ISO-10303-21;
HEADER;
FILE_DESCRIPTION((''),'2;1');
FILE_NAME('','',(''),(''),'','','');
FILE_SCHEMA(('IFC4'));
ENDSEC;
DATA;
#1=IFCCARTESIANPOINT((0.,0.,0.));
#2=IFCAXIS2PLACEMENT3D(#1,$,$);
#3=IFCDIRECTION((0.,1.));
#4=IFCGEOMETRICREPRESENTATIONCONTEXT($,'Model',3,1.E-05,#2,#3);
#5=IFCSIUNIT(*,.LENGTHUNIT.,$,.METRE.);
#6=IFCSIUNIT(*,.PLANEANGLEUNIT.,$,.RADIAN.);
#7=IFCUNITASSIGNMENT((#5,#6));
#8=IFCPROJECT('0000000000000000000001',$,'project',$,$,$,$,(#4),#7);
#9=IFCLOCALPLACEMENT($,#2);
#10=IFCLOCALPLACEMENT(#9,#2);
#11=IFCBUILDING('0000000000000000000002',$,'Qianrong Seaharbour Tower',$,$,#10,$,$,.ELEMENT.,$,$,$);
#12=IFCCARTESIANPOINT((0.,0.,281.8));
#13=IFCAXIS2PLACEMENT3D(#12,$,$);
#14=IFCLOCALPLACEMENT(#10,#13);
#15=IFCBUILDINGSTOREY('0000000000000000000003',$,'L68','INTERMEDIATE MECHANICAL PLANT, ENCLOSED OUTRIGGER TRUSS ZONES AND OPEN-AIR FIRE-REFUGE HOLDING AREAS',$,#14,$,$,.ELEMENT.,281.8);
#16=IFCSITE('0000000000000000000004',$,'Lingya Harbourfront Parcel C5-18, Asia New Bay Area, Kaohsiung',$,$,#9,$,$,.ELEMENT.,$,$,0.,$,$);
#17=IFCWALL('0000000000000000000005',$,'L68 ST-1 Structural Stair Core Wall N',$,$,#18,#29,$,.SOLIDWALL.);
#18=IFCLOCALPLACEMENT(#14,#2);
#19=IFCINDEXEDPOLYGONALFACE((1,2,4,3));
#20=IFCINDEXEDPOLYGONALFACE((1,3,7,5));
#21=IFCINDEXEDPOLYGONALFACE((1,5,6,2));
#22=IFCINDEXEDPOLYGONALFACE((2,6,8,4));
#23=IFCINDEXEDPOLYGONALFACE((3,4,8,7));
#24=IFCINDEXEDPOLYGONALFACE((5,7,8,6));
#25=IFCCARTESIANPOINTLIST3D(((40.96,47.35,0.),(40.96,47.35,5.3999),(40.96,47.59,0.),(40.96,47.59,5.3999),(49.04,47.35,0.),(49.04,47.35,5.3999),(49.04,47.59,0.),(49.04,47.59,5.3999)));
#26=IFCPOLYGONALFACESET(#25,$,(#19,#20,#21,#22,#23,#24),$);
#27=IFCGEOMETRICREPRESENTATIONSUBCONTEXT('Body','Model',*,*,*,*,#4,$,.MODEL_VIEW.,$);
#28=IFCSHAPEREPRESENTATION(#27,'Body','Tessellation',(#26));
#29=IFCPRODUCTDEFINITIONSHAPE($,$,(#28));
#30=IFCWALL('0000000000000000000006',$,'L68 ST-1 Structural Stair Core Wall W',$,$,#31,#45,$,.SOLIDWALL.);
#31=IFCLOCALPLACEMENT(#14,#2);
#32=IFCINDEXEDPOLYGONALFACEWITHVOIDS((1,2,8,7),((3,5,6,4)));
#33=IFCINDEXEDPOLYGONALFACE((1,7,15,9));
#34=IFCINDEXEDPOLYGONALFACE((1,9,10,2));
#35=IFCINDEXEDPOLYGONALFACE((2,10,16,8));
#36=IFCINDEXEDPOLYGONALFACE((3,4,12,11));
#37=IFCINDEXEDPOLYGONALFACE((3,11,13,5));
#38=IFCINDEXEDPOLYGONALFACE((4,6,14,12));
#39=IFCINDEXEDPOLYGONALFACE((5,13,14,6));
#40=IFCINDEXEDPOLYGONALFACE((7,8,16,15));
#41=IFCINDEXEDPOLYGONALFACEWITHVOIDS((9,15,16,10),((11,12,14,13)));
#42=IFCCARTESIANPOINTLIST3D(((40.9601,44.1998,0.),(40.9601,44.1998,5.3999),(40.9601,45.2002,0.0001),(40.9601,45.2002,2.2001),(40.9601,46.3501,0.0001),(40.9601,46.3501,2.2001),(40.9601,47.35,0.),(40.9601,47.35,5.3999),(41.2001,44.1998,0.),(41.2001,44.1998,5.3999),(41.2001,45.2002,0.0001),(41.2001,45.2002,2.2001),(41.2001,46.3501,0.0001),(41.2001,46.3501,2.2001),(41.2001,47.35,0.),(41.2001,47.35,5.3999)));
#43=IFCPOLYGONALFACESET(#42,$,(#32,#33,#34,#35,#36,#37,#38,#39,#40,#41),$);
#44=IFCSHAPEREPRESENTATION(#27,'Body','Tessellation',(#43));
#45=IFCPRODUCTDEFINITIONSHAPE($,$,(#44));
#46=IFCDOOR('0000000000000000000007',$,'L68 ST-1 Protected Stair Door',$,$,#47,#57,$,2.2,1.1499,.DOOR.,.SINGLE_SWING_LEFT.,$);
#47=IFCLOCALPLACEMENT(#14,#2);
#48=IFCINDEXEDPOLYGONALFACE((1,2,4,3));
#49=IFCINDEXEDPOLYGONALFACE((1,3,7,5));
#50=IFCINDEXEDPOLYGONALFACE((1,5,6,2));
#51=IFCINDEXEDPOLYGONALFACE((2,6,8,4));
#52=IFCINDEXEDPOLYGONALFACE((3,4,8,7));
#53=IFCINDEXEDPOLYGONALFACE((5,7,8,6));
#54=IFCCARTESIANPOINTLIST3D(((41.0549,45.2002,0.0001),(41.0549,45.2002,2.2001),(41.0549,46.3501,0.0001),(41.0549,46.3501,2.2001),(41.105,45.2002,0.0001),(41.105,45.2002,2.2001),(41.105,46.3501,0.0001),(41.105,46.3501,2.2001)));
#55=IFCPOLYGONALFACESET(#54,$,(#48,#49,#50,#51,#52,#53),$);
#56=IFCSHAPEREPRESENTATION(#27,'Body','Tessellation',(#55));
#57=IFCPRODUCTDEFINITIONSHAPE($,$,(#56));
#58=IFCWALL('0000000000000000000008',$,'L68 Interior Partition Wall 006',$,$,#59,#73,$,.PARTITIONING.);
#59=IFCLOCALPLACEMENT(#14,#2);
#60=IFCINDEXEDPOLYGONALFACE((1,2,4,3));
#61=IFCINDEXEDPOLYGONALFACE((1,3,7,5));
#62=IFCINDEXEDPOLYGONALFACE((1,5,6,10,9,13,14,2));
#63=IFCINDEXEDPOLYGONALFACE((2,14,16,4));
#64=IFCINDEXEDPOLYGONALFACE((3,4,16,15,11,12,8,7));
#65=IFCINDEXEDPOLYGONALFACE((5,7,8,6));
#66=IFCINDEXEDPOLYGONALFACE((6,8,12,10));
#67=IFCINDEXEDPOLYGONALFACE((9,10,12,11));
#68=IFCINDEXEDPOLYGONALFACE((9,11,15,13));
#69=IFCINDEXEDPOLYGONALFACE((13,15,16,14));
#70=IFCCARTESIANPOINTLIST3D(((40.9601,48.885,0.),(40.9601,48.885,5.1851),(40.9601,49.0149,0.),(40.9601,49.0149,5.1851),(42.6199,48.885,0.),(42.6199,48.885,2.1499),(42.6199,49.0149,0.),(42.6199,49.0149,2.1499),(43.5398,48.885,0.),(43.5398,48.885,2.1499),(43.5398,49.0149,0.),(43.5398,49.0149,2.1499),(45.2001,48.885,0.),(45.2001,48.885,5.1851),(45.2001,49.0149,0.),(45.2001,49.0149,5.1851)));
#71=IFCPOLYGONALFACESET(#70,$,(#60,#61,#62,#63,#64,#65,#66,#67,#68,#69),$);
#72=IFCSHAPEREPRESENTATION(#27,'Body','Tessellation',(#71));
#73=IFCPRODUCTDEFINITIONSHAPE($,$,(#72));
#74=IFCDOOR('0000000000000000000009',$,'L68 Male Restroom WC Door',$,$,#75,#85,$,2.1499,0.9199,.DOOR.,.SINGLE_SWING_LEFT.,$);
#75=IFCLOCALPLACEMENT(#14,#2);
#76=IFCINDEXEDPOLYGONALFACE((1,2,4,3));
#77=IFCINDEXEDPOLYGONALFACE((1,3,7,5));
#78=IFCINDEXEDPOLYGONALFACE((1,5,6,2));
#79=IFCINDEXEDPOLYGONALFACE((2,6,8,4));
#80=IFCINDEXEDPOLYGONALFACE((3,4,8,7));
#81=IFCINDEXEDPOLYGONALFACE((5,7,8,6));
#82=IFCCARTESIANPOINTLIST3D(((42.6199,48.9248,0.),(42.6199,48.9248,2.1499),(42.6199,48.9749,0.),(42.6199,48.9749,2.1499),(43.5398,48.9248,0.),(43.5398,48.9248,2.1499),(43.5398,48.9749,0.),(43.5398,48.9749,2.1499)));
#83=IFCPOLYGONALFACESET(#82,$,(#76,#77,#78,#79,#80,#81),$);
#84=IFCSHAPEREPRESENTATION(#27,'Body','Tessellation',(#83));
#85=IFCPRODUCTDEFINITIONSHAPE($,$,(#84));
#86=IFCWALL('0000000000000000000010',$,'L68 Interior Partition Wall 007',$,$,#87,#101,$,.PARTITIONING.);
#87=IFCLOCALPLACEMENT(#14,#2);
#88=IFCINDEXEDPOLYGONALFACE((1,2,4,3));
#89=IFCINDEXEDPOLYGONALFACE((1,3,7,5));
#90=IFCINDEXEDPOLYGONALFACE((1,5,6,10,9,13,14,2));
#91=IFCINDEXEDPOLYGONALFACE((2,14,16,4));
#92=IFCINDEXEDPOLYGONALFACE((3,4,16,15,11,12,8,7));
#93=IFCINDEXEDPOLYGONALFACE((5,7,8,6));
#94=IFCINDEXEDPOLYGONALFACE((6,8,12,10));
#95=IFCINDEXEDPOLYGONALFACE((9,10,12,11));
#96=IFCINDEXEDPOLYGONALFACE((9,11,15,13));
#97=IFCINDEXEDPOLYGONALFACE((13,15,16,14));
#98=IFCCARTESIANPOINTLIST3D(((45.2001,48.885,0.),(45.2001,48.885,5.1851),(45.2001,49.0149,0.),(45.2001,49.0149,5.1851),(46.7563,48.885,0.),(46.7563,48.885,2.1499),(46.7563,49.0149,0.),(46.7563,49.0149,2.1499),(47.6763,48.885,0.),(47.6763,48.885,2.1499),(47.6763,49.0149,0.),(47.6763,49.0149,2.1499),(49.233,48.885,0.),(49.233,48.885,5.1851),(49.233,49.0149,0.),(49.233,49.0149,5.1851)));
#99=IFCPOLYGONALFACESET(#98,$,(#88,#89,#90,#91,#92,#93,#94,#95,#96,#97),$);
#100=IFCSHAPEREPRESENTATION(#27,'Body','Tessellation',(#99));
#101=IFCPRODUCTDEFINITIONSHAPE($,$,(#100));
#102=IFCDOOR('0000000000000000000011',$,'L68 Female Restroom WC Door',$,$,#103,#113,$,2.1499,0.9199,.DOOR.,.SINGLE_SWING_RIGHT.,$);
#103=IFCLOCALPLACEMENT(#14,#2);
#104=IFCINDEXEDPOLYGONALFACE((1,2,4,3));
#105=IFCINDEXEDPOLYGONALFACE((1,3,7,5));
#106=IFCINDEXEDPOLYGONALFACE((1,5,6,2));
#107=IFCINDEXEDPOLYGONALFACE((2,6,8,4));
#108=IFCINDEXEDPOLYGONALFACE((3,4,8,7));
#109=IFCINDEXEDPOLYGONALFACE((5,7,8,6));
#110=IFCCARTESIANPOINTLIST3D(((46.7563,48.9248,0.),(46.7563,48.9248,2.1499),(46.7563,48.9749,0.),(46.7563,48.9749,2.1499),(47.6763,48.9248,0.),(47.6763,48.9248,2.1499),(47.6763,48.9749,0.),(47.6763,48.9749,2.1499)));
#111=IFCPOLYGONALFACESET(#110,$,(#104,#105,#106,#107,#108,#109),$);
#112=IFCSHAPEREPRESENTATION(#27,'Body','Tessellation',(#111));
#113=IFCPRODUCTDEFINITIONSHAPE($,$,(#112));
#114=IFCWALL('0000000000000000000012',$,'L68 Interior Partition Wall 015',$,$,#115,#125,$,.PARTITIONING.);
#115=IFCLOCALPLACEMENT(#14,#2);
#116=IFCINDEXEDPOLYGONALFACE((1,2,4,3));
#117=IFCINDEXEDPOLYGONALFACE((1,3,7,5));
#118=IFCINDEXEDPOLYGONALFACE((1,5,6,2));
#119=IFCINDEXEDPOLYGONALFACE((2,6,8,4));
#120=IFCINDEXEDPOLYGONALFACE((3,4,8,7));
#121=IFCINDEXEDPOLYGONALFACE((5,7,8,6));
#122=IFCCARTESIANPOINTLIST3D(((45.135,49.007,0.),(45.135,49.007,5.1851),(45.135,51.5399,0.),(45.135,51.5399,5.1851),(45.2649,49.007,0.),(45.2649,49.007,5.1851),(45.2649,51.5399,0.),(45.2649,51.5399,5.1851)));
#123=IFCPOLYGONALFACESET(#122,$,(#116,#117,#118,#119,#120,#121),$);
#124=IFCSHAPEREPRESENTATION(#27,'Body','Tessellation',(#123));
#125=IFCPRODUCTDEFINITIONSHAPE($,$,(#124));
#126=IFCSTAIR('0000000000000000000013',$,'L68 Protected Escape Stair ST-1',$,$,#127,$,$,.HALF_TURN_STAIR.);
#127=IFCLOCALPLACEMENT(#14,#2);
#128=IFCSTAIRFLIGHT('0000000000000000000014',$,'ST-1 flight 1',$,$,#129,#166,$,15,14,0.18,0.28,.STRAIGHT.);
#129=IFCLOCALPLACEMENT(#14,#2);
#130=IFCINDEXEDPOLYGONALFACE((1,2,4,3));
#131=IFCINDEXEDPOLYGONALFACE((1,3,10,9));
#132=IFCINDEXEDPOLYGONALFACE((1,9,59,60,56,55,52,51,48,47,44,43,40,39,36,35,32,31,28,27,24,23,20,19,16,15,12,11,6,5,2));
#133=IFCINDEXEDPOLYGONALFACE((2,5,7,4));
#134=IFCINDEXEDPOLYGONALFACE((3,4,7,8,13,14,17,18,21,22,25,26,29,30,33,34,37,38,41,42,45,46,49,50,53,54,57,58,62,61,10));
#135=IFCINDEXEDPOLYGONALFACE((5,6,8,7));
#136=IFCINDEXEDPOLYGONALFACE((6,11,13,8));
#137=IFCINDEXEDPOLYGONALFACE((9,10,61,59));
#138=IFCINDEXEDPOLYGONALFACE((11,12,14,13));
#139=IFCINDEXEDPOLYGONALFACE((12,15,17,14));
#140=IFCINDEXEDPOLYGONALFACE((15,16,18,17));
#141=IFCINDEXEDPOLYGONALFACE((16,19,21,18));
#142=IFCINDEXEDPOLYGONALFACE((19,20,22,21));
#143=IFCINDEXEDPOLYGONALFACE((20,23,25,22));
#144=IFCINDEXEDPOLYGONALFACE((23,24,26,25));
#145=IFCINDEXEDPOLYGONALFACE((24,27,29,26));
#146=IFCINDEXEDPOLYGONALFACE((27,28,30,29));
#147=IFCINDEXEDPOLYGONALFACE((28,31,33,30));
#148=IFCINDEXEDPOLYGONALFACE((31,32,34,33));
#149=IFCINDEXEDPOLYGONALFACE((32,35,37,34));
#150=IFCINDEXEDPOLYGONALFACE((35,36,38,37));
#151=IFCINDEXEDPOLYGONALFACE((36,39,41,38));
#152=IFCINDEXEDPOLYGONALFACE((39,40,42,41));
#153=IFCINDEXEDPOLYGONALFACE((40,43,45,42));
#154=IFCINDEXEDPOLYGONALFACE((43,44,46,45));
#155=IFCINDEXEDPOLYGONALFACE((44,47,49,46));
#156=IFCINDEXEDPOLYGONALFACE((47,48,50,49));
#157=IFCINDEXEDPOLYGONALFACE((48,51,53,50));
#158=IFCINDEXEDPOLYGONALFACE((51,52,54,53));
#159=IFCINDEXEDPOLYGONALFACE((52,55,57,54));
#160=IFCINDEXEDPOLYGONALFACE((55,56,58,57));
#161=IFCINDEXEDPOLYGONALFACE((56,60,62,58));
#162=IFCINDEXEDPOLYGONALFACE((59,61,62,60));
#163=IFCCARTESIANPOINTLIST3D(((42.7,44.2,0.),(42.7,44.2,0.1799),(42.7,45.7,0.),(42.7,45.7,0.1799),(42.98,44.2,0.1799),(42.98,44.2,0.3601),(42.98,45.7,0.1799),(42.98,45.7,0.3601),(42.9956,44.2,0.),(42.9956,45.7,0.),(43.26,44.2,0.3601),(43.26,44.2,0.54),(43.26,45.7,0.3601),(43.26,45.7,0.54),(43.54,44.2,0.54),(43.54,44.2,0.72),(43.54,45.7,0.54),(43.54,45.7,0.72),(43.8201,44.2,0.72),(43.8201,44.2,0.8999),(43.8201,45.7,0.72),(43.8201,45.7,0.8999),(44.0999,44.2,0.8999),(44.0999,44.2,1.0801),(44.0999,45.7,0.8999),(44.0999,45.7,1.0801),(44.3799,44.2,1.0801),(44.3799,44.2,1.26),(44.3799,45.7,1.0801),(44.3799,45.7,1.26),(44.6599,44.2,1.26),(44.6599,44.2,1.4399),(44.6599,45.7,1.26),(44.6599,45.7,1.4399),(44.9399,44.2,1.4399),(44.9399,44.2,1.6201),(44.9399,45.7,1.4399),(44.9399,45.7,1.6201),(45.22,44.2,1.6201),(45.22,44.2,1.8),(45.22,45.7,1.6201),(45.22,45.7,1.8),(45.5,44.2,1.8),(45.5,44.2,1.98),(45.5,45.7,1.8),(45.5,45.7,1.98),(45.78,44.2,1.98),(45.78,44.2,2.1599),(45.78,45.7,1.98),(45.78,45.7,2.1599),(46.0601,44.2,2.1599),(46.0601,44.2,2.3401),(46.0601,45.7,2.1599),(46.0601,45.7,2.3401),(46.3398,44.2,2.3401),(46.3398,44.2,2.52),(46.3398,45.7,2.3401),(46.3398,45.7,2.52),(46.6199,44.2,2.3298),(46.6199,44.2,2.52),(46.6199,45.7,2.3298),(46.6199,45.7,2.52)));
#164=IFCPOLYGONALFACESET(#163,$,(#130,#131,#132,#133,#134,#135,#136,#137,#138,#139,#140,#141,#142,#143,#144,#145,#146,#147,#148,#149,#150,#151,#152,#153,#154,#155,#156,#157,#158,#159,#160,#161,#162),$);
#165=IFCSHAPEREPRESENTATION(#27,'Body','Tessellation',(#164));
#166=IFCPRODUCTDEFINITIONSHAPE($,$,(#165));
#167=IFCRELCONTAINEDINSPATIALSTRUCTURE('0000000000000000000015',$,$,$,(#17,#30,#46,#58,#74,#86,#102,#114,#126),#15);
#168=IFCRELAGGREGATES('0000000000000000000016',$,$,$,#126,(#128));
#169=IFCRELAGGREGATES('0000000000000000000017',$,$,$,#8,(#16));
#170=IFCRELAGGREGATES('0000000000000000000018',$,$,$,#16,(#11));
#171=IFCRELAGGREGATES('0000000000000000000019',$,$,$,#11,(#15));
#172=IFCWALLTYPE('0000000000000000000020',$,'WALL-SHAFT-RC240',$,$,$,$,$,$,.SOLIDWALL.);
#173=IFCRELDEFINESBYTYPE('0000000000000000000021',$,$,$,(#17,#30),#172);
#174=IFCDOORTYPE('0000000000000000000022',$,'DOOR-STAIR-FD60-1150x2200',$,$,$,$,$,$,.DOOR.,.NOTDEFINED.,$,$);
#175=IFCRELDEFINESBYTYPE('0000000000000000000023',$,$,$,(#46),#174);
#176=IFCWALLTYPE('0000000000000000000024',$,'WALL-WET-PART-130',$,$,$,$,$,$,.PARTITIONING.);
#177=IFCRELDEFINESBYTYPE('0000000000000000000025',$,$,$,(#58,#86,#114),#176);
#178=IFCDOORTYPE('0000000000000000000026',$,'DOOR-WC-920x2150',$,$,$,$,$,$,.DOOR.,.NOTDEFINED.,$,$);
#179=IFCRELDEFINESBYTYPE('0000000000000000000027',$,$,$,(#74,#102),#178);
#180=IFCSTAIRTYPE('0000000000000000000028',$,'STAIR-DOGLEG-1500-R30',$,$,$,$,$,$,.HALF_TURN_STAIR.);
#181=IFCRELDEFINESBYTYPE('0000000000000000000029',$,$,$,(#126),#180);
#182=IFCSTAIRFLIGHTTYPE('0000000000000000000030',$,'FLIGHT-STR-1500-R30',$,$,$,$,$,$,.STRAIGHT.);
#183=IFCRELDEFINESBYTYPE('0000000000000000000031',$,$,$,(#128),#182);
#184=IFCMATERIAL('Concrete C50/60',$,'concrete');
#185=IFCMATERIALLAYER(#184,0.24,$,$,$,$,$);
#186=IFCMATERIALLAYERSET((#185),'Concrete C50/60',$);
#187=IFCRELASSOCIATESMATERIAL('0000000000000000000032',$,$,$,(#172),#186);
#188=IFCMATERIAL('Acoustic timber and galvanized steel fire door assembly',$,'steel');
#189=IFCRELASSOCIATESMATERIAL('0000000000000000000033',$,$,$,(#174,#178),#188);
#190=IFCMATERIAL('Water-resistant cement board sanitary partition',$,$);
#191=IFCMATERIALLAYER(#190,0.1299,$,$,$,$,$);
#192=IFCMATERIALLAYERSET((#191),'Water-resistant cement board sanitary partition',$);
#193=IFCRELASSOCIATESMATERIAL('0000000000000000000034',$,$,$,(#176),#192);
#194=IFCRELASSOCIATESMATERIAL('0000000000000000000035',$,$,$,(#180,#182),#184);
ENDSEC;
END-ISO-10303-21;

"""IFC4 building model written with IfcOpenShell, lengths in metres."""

from ifc_helpers import new_model, si_unit, direction, frame, frame_2d, origin, place, context, subcontext, project, spatial, polyline, rectangle, outline, extrude, material, layer, layer_set, type_object, element, fill, aggregate, save


model = new_model("IFC4")

# Units and contexts
model_context = context("Model", 3, precision=1e-05, world=origin(), true_north=direction((0.0, 1.0)))
body_context = subcontext(model_context, "Body", "Model", "MODEL_VIEW")
ifc_project = project(units=[si_unit("LENGTHUNIT", "METRE"), si_unit("PLANEANGLEUNIT", "RADIAN")], contexts=[model_context])

# Site, building, storey
site_placement = place(None, origin())
site = spatial("IfcSite", under=ifc_project, at=site_placement, Name="Lingya Harbourfront Parcel C5-18, Asia New Bay Area, Kaohsiung", CompositionType="ELEMENT", RefElevation=0.0)
building_placement = place(site_placement, origin())
building = spatial("IfcBuilding", under=site, at=building_placement, Name="Qianrong Seaharbour Tower", CompositionType="ELEMENT")
storey_placement = place(building_placement, frame((0.0, 0.0, 281.8)))
storey = spatial("IfcBuildingStorey", under=building, at=storey_placement, Name="L68", Description="INTERMEDIATE MECHANICAL PLANT, ENCLOSED OUTRIGGER TRUSS ZONES AND OPEN-AIR FIRE-REFUGE HOLDING AREAS", CompositionType="ELEMENT", Elevation=281.8)

# Wall
ifc_material_1 = material(Name="Concrete C50/60", Category="concrete")
ifc_layer_1 = layer(ifc_material_1, 0.24)
ifc_layer_set_1 = layer_set([ifc_layer_1], Name="Concrete C50/60")
wall_type_1 = type_object("IfcWallType", Name="WALL-SHAFT-RC240", PredefinedType="SOLIDWALL", material=ifc_layer_set_1)
wall_1_placement = place(storey_placement, frame((40.96, 47.47, 0.0), z_axis=(0.0, 0.0, 1.0), x_axis=(1.0, 0.0, 0.0)))
element("IfcWall", 1, at=wall_1_placement, inside=storey, type_object=wall_type_1, Name="L68 ST-1 Structural Stair Core Wall N", PredefinedType="SOLIDWALL", context=body_context, shape_type="SweptSolid", body=[
    extrude(rectangle(XDim=8.0801, YDim=0.24, at=frame_2d((4.04, 0.0))), origin(), (0.0, 0.0, 1.0), 5.3999),
])

# Walls, openings, doors
wall_2_placement = place(storey_placement, frame((41.0801, 47.3501, 0.0), z_axis=(0.0, 0.0, 1.0), x_axis=(0.0, -1.0, 0.0)))
wall_2 = element("IfcWall", 2, at=wall_2_placement, inside=storey, type_object=wall_type_1, Name="L68 ST-1 Structural Stair Core Wall W", PredefinedType="SOLIDWALL", context=body_context, shape_type="SweptSolid", body=[
    extrude(rectangle(XDim=3.1501, YDim=0.24, at=frame_2d((1.5752, 0.0))), origin(), (0.0, 0.0, 1.0), 5.3999),
])
opening_1_placement = place(wall_2_placement, frame((1.0, 0.0, 0.0)))
opening_1 = element("IfcOpeningElement", 3, at=opening_1_placement, cuts=wall_2, PredefinedType="OPENING", context=body_context, shape_type="SweptSolid", body=[
    extrude(rectangle(XDim=1.1499, YDim=2.2, at=frame_2d((0.575, 1.1001))), frame((0.0, 0.1299, 0.0), z_axis=(0.0, -1.0, 0.0), x_axis=(1.0, 0.0, 0.0)), (0.0, 0.0, 1.0), 0.26),
])
ifc_material_2 = material(Name="Acoustic timber and galvanized steel fire door assembly", Category="steel")
door_type_1 = type_object("IfcDoorType", Name="DOOR-STAIR-FD60-1150x2200", OperationType="NOTDEFINED", PredefinedType="DOOR", material=ifc_material_2)
door_1_placement = place(opening_1_placement, origin())
door_1 = element("IfcDoor", 4, at=door_1_placement, inside=storey, type_object=door_type_1, Name="L68 ST-1 Protected Stair Door", OperationType="SINGLE_SWING_LEFT", OverallHeight=2.2, OverallWidth=1.1499, PredefinedType="DOOR", context=body_context, shape_type="SweptSolid", body=[
    extrude(rectangle(XDim=1.1499, YDim=2.2, at=frame_2d((0.575, 1.1001))), frame((0.0, 0.0249, 0.0), z_axis=(0.0, -1.0, 0.0), x_axis=(1.0, 0.0, 0.0)), (0.0, 0.0, 1.0), 0.05),
])
fill(opening_1, door_1)
ifc_material_3 = material(Name="Water-resistant cement board sanitary partition")
ifc_layer_2 = layer(ifc_material_3, 0.1299)
ifc_layer_set_2 = layer_set([ifc_layer_2], Name="Water-resistant cement board sanitary partition")
wall_type_2 = type_object("IfcWallType", Name="WALL-WET-PART-130", PredefinedType="PARTITIONING", material=ifc_layer_set_2)
wall_3_placement = place(storey_placement, frame((40.96, 48.95, 0.0), z_axis=(0.0, 0.0, 1.0), x_axis=(1.0, 0.0, 0.0)))
wall_3 = element("IfcWall", 5, at=wall_3_placement, inside=storey, type_object=wall_type_2, Name="L68 Interior Partition Wall 006", PredefinedType="PARTITIONING", context=body_context, shape_type="SweptSolid", body=[
    extrude(rectangle(XDim=4.24, YDim=0.1299, at=frame_2d((2.1201, 0.0))), origin(), (0.0, 0.0, 1.0), 5.1851),
])
opening_2_placement = place(wall_3_placement, frame((1.6599, 0.0, 0.0)))
opening_2 = element("IfcOpeningElement", 6, at=opening_2_placement, cuts=wall_3, PredefinedType="OPENING", context=body_context, shape_type="SweptSolid", body=[
    extrude(rectangle(XDim=0.9199, YDim=2.1499, at=frame_2d((0.46, 1.075))), frame((0.0, 0.075, 0.0), z_axis=(0.0, -1.0, 0.0), x_axis=(1.0, 0.0, 0.0)), (0.0, 0.0, 1.0), 0.1499),
])
door_type_2 = type_object("IfcDoorType", Name="DOOR-WC-920x2150", OperationType="NOTDEFINED", PredefinedType="DOOR", material=ifc_material_2)
door_2_placement = place(opening_2_placement, origin())
door_2 = element("IfcDoor", 7, at=door_2_placement, inside=storey, type_object=door_type_2, Name="L68 Male Restroom WC Door", OperationType="SINGLE_SWING_LEFT", OverallHeight=2.1499, OverallWidth=0.9199, PredefinedType="DOOR", context=body_context, shape_type="SweptSolid", body=[
    extrude(rectangle(XDim=0.9199, YDim=2.1499, at=frame_2d((0.46, 1.075))), frame((0.0, 0.0249, 0.0), z_axis=(0.0, -1.0, 0.0), x_axis=(1.0, 0.0, 0.0)), (0.0, 0.0, 1.0), 0.05),
])
fill(opening_2, door_2)
wall_4_placement = place(storey_placement, frame((45.2, 48.95, 0.0), z_axis=(0.0, 0.0, 1.0), x_axis=(1.0, 0.0, 0.0)))
wall_4 = element("IfcWall", 8, at=wall_4_placement, inside=storey, type_object=wall_type_2, Name="L68 Interior Partition Wall 007", PredefinedType="PARTITIONING", context=body_context, shape_type="SweptSolid", body=[
    extrude(rectangle(XDim=4.033, YDim=0.1299, at=frame_2d((2.0166, 0.0))), origin(), (0.0, 0.0, 1.0), 5.1851),
])
opening_3_placement = place(wall_4_placement, frame((1.5564, 0.0, 0.0)))
opening_3 = element("IfcOpeningElement", 9, at=opening_3_placement, cuts=wall_4, PredefinedType="OPENING", context=body_context, shape_type="SweptSolid", body=[
    extrude(rectangle(XDim=0.9199, YDim=2.1499, at=frame_2d((0.46, 1.075))), frame((0.0, 0.075, 0.0), z_axis=(0.0, -1.0, 0.0), x_axis=(1.0, 0.0, 0.0)), (0.0, 0.0, 1.0), 0.1499),
])
door_3_placement = place(opening_3_placement, origin())
door_3 = element("IfcDoor", 10, at=door_3_placement, inside=storey, type_object=door_type_2, Name="L68 Female Restroom WC Door", OperationType="SINGLE_SWING_RIGHT", OverallHeight=2.1499, OverallWidth=0.9199, PredefinedType="DOOR", context=body_context, shape_type="SweptSolid", body=[
    extrude(rectangle(XDim=0.9199, YDim=2.1499, at=frame_2d((0.46, 1.075))), frame((0.0, 0.0249, 0.0), z_axis=(0.0, -1.0, 0.0), x_axis=(1.0, 0.0, 0.0)), (0.0, 0.0, 1.0), 0.05),
])
fill(opening_3, door_3)

# Wall
wall_5_placement = place(storey_placement, frame((45.2, 51.54, 0.0), z_axis=(0.0, 0.0, 1.0), x_axis=(0.0, -1.0, 0.0)))
element("IfcWall", 11, at=wall_5_placement, inside=storey, type_object=wall_type_2, Name="L68 Interior Partition Wall 015", PredefinedType="PARTITIONING", context=body_context, shape_type="SweptSolid", body=[
    extrude(rectangle(XDim=2.533, YDim=0.1299, at=frame_2d((1.2666, 0.0))), origin(), (0.0, 0.0, 1.0), 5.1851),
])

# Stair, stair flight
stair_type = type_object("IfcStairType", Name="STAIR-DOGLEG-1500-R30", PredefinedType="HALF_TURN_STAIR", material=ifc_material_1)
stair_placement = place(storey_placement, origin())
stair = element("IfcStair", 12, at=stair_placement, inside=storey, type_object=stair_type, Name="L68 Protected Escape Stair ST-1", PredefinedType="HALF_TURN_STAIR")
stair_flight_type = type_object("IfcStairFlightType", Name="FLIGHT-STR-1500-R30", PredefinedType="STRAIGHT", material=ifc_material_1)
stair_flight_1_placement = place(storey_placement, frame((42.7, 44.95, 0.0), z_axis=(0.0, 0.0, 1.0), x_axis=(1.0, 0.0, 0.0)))
stair_flight_1 = element("IfcStairFlight", 13, at=stair_flight_1_placement, type_object=stair_flight_type, Name="ST-1 flight 1", NumberOfRisers=15, NumberOfTreads=14, PredefinedType="STRAIGHT", RiserHeight=0.18, TreadLength=0.28, context=body_context, shape_type="SweptSolid", body=[
    extrude(outline(polyline([(0.0, 0.0), (0.0, 0.1799), (0.28, 0.1799), (0.28, 0.3601), (0.5601, 0.3601), (0.5601, 0.54), (0.8401, 0.54), (0.8401, 0.72), (1.1201, 0.72), (1.1201, 0.8999), (1.3999, 0.8999), (1.3999, 1.0801), (1.6799, 1.0801), (1.6799, 1.26), (1.96, 1.26), (1.96, 1.4399), (2.24, 1.4399), (2.24, 1.6201), (2.52, 1.6201), (2.52, 1.8), (2.8, 1.8), (2.8, 1.98), (3.0801, 1.98), (3.0801, 2.1599), (3.3601, 2.1599), (3.3601, 2.3401), (3.6399, 2.3401), (3.6399, 2.52), (3.9199, 2.52), (3.9199, 2.7), (3.9199, 2.3298), (0.2957, 0.0), (0.0, 0.0)])), frame((0.0, 0.75, 0.0), z_axis=(0.0, -1.0, 0.0), x_axis=(1.0, 0.0, 0.0)), (0.0, 0.0, 1.0), 1.5),
])
aggregate(stair, [stair_flight_1])

save(model, "model.ifc")
